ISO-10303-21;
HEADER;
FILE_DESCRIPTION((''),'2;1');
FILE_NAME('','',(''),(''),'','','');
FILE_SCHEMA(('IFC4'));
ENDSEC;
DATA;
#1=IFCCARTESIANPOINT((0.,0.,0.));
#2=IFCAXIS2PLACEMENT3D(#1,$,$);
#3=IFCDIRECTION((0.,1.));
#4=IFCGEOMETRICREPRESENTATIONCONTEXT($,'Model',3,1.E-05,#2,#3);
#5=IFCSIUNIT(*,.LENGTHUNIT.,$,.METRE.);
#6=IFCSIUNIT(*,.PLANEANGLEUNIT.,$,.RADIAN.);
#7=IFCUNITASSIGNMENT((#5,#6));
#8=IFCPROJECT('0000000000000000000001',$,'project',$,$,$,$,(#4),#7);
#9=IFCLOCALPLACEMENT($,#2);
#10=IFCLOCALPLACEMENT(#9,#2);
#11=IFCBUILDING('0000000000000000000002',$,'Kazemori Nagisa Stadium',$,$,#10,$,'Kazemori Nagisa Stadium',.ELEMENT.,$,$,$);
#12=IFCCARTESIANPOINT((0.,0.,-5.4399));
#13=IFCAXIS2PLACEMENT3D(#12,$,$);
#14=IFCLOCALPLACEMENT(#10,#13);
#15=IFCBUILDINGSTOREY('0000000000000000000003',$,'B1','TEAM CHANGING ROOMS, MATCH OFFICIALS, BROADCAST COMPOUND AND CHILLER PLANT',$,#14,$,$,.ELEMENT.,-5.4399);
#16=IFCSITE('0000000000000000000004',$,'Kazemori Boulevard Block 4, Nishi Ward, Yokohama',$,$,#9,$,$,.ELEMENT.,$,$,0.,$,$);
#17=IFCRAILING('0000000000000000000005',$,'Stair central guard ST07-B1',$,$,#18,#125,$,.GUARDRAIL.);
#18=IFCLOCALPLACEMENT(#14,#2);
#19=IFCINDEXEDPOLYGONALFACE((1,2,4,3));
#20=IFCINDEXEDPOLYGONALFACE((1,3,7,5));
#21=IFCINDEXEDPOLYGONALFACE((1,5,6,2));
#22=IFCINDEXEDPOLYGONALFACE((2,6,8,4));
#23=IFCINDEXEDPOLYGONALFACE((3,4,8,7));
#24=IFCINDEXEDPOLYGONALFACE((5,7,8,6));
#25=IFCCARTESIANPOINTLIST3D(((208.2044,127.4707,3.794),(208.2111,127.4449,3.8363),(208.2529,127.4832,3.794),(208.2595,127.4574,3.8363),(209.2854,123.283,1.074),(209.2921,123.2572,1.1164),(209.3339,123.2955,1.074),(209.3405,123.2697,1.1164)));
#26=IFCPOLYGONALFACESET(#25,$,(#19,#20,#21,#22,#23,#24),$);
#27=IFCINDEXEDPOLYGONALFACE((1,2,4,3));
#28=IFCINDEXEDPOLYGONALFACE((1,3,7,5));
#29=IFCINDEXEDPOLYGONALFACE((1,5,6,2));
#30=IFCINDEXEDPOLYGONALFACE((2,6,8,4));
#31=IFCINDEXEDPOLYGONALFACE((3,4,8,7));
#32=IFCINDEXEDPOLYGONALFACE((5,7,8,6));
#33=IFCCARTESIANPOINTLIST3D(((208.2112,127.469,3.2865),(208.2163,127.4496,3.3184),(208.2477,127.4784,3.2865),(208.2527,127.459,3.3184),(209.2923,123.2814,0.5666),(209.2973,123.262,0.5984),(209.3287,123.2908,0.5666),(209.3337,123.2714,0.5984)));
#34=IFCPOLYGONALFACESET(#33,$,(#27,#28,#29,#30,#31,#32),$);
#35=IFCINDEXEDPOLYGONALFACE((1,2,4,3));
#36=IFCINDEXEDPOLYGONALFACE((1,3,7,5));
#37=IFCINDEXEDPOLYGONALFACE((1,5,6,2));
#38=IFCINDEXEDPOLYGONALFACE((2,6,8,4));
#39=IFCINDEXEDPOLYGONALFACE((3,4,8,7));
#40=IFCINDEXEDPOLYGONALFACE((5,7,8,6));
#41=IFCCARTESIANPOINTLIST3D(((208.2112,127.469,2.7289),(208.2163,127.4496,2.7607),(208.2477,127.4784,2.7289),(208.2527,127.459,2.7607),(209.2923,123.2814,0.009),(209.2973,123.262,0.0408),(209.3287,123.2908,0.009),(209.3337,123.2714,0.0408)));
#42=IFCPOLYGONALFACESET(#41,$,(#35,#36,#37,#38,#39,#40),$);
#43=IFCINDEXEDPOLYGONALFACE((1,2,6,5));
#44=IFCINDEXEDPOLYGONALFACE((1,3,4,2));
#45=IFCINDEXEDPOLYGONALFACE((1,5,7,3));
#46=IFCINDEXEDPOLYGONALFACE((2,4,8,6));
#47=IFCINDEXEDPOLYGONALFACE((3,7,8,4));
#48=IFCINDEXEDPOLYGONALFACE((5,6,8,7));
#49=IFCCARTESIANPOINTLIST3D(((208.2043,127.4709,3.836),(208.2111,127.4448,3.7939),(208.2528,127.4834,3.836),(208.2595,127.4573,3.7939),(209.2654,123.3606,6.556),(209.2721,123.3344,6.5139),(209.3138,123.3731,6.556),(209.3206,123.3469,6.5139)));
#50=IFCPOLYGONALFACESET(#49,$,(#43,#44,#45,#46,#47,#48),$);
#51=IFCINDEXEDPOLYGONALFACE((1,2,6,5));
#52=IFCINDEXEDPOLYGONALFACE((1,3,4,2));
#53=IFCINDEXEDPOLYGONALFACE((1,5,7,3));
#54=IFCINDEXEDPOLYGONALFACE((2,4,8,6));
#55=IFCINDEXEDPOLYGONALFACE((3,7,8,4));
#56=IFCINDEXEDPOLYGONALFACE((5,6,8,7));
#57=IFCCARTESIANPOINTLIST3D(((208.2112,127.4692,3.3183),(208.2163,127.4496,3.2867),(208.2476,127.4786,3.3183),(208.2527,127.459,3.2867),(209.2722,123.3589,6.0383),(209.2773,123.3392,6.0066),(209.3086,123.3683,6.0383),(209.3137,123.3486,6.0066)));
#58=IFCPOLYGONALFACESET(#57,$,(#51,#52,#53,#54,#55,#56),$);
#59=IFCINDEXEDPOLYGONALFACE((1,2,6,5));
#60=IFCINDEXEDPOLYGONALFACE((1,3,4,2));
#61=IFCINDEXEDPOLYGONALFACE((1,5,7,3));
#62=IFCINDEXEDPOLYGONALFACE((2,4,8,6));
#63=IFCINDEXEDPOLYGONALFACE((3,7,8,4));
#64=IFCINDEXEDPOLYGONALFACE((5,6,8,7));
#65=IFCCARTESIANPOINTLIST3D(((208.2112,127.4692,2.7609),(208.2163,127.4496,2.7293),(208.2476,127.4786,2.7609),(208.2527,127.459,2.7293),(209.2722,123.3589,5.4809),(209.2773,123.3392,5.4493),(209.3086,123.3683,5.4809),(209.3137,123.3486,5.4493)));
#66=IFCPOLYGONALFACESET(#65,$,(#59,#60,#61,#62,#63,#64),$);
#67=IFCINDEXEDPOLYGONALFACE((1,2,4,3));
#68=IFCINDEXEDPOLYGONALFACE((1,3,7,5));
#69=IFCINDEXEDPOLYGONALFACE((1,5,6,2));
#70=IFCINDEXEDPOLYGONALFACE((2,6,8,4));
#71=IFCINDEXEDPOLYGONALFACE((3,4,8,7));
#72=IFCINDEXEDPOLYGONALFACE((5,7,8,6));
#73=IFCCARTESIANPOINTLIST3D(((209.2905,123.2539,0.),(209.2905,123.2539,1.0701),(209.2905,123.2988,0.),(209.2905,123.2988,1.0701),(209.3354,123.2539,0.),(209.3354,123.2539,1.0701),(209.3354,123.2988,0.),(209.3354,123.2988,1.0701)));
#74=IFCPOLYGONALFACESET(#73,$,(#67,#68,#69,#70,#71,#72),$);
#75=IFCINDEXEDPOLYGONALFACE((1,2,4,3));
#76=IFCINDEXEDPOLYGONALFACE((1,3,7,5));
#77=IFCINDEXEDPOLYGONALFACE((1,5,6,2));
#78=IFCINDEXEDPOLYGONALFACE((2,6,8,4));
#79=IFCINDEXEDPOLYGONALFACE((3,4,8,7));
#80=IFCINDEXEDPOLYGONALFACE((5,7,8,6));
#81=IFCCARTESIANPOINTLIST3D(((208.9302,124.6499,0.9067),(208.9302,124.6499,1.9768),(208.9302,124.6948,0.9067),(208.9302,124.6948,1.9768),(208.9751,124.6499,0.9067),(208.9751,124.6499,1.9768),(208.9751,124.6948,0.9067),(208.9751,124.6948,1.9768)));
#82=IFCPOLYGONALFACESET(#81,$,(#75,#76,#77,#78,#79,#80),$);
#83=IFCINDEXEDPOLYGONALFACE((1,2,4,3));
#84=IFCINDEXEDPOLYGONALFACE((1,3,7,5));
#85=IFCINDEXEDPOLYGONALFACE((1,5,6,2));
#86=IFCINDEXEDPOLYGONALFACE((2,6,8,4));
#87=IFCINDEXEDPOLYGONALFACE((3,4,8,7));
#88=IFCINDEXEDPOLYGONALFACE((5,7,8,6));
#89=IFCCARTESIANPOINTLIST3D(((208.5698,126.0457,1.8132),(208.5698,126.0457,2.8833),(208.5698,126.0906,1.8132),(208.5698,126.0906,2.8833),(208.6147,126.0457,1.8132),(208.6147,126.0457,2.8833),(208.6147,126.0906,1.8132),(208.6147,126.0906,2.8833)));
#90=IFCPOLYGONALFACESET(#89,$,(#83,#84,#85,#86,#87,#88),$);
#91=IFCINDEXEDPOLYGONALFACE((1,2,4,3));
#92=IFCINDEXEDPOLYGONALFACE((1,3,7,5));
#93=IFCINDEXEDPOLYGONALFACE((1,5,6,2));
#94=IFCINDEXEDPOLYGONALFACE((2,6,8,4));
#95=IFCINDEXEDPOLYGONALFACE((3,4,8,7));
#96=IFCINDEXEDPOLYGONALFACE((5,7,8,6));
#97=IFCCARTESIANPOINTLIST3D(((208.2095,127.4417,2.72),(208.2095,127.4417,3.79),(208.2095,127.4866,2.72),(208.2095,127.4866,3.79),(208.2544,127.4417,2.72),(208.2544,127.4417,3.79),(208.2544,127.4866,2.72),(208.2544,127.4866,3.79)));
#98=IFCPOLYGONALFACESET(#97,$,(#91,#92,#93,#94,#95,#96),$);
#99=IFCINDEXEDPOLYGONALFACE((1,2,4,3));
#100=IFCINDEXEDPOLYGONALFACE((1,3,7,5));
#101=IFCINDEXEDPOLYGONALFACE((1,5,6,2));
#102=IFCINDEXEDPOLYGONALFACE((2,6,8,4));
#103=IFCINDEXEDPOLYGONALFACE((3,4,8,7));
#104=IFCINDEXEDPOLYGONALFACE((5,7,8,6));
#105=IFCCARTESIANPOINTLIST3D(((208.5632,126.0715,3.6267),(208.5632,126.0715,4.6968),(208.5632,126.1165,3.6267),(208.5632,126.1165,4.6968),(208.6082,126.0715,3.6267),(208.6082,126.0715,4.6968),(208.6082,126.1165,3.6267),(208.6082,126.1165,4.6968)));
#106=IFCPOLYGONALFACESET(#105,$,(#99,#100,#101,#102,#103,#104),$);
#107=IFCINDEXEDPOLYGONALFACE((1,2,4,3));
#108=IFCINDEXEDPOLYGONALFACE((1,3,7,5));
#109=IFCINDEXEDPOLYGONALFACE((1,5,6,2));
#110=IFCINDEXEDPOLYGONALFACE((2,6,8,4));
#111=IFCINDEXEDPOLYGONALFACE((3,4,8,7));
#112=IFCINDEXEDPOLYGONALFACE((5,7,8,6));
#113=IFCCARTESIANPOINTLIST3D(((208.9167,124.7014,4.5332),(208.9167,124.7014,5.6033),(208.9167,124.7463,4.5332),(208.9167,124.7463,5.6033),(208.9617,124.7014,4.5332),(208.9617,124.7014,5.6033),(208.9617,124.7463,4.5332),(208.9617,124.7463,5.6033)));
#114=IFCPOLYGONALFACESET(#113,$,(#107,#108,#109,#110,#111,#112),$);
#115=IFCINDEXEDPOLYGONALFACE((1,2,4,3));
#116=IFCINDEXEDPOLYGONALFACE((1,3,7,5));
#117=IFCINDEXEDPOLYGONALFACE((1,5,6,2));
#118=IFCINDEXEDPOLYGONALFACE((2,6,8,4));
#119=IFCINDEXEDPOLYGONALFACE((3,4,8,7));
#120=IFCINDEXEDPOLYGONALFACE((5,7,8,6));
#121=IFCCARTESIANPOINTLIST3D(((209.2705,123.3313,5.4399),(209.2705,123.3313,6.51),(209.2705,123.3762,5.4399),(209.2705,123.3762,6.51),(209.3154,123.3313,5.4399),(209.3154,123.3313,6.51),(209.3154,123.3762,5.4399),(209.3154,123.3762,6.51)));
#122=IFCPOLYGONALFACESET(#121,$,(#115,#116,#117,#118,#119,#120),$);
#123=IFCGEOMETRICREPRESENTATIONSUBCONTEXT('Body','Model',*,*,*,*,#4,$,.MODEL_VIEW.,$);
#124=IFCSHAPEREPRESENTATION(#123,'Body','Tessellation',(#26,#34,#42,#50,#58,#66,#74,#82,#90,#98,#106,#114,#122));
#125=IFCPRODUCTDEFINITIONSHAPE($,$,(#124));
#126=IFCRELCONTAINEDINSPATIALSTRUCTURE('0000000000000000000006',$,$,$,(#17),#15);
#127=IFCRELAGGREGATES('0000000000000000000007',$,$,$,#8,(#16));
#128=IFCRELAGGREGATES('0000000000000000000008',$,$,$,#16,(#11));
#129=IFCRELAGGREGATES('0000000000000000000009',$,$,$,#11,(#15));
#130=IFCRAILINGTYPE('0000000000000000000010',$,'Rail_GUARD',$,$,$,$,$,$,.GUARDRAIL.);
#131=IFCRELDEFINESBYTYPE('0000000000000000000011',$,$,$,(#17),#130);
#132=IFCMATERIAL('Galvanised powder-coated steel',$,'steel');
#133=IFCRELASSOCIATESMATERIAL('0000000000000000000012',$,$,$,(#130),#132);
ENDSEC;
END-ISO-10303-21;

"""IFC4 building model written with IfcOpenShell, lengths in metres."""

from ifc_helpers import new_model, si_unit, direction, frame, origin, origin_2d, place, context, subcontext, project, spatial, rectangle, extrude, material, type_object, element, save


model = new_model("IFC4")

# Units and contexts
model_context = context("Model", 3, precision=1e-05, world=origin(), true_north=direction((0.0, 1.0)))
body_context = subcontext(model_context, "Body", "Model", "MODEL_VIEW")
ifc_project = project(units=[si_unit("LENGTHUNIT", "METRE"), si_unit("PLANEANGLEUNIT", "RADIAN")], contexts=[model_context])

# Site, building, storey
site_placement = place(None, origin())
site = spatial("IfcSite", under=ifc_project, at=site_placement, Name="Kazemori Boulevard Block 4, Nishi Ward, Yokohama", CompositionType="ELEMENT", RefElevation=0.0)
building_placement = place(site_placement, origin())
building = spatial("IfcBuilding", under=site, at=building_placement, Name="Kazemori Nagisa Stadium", LongName="Kazemori Nagisa Stadium", CompositionType="ELEMENT")
storey_placement = place(building_placement, frame((0.0, 0.0, -5.4399)))
storey = spatial("IfcBuildingStorey", under=building, at=storey_placement, Name="B1", Description="TEAM CHANGING ROOMS, MATCH OFFICIALS, BROADCAST COMPOUND AND CHILLER PLANT", CompositionType="ELEMENT", Elevation=-5.4399)

# Railing
ifc_material_1 = material(Name="Galvanised powder-coated steel", Category="steel")
railing_type_1 = type_object("IfcRailingType", Name="Rail_GUARD", PredefinedType="GUARDRAIL", material=ifc_material_1)
railing_1_placement = place(storey_placement, frame((209.313, 123.2764, 0.0)))
element("IfcRailing", 1, at=railing_1_placement, inside=storey, type_object=railing_type_1, Name="Stair central guard ST07-B1", PredefinedType="GUARDRAIL", context=body_context, shape_type="SweptSolid", body=[
    extrude(rectangle(XDim=0.05, YDim=0.05, at=origin_2d()), frame((0.0, 0.0, 1.0952), z_axis=(-0.211589, 0.819645, 0.532365), x_axis=(-0.968258, -0.249953, 0.0)), (0.0, 0.0, 1.0), 5.1091),
    extrude(rectangle(XDim=0.0376, YDim=0.0376, at=origin_2d()), frame((0.0, 0.0, 0.5825), z_axis=(-0.211589, 0.819645, 0.532365), x_axis=(-0.968258, -0.249953, 0.0)), (0.0, 0.0, 1.0), 5.1091),
    extrude(rectangle(XDim=0.0376, YDim=0.0376, at=origin_2d()), frame((0.0, 0.0, 0.0249), z_axis=(-0.211589, 0.819645, 0.532365), x_axis=(-0.968258, -0.249953, 0.0)), (0.0, 0.0, 1.0), 5.1091),
    extrude(rectangle(XDim=0.05, YDim=0.05, at=origin_2d()), frame((-1.0811, 4.1877, 3.8149), z_axis=(0.210451, -0.815266, 0.539492), x_axis=(0.96826, 0.249944, 0.0)), (0.0, 0.0, 1.0), 5.0417),
    extrude(rectangle(XDim=0.0376, YDim=0.0376, at=origin_2d()), frame((-1.0811, 4.1877, 3.3025), z_axis=(0.210451, -0.815266, 0.539492), x_axis=(0.96826, 0.249944, 0.0)), (0.0, 0.0, 1.0), 5.0417),
    extrude(rectangle(XDim=0.0376, YDim=0.0376, at=origin_2d()), frame((-1.0811, 4.1877, 2.7451), z_axis=(0.210451, -0.815266, 0.539492), x_axis=(0.96826, 0.249944, 0.0)), (0.0, 0.0, 1.0), 5.0417),
    extrude(rectangle(XDim=0.0449, YDim=0.0449, at=origin_2d()), origin(), (0.0, 0.0, 1.0), 1.0701),
    extrude(rectangle(XDim=0.0449, YDim=0.0449, at=origin_2d()), frame((-0.3604, 1.396, 0.9067)), (0.0, 0.0, 1.0), 1.0701),
    extrude(rectangle(XDim=0.0449, YDim=0.0449, at=origin_2d()), frame((-0.7207, 2.7917, 1.8132)), (0.0, 0.0, 1.0), 1.0701),
    extrude(rectangle(XDim=0.0449, YDim=0.0449, at=origin_2d()), frame((-1.0811, 4.1877, 2.72)), (0.0, 0.0, 1.0), 1.0701),
    extrude(rectangle(XDim=0.0449, YDim=0.0449, at=origin_2d()), frame((-0.7273, 2.8176, 3.6267)), (0.0, 0.0, 1.0), 1.0701),
    extrude(rectangle(XDim=0.0449, YDim=0.0449, at=origin_2d()), frame((-0.3738, 1.4475, 4.5332)), (0.0, 0.0, 1.0), 1.0701),
    extrude(rectangle(XDim=0.0449, YDim=0.0449, at=origin_2d()), frame((-0.02, 0.0774, 5.4399)), (0.0, 0.0, 1.0), 1.0701),
])

save(model, "model.ifc")
